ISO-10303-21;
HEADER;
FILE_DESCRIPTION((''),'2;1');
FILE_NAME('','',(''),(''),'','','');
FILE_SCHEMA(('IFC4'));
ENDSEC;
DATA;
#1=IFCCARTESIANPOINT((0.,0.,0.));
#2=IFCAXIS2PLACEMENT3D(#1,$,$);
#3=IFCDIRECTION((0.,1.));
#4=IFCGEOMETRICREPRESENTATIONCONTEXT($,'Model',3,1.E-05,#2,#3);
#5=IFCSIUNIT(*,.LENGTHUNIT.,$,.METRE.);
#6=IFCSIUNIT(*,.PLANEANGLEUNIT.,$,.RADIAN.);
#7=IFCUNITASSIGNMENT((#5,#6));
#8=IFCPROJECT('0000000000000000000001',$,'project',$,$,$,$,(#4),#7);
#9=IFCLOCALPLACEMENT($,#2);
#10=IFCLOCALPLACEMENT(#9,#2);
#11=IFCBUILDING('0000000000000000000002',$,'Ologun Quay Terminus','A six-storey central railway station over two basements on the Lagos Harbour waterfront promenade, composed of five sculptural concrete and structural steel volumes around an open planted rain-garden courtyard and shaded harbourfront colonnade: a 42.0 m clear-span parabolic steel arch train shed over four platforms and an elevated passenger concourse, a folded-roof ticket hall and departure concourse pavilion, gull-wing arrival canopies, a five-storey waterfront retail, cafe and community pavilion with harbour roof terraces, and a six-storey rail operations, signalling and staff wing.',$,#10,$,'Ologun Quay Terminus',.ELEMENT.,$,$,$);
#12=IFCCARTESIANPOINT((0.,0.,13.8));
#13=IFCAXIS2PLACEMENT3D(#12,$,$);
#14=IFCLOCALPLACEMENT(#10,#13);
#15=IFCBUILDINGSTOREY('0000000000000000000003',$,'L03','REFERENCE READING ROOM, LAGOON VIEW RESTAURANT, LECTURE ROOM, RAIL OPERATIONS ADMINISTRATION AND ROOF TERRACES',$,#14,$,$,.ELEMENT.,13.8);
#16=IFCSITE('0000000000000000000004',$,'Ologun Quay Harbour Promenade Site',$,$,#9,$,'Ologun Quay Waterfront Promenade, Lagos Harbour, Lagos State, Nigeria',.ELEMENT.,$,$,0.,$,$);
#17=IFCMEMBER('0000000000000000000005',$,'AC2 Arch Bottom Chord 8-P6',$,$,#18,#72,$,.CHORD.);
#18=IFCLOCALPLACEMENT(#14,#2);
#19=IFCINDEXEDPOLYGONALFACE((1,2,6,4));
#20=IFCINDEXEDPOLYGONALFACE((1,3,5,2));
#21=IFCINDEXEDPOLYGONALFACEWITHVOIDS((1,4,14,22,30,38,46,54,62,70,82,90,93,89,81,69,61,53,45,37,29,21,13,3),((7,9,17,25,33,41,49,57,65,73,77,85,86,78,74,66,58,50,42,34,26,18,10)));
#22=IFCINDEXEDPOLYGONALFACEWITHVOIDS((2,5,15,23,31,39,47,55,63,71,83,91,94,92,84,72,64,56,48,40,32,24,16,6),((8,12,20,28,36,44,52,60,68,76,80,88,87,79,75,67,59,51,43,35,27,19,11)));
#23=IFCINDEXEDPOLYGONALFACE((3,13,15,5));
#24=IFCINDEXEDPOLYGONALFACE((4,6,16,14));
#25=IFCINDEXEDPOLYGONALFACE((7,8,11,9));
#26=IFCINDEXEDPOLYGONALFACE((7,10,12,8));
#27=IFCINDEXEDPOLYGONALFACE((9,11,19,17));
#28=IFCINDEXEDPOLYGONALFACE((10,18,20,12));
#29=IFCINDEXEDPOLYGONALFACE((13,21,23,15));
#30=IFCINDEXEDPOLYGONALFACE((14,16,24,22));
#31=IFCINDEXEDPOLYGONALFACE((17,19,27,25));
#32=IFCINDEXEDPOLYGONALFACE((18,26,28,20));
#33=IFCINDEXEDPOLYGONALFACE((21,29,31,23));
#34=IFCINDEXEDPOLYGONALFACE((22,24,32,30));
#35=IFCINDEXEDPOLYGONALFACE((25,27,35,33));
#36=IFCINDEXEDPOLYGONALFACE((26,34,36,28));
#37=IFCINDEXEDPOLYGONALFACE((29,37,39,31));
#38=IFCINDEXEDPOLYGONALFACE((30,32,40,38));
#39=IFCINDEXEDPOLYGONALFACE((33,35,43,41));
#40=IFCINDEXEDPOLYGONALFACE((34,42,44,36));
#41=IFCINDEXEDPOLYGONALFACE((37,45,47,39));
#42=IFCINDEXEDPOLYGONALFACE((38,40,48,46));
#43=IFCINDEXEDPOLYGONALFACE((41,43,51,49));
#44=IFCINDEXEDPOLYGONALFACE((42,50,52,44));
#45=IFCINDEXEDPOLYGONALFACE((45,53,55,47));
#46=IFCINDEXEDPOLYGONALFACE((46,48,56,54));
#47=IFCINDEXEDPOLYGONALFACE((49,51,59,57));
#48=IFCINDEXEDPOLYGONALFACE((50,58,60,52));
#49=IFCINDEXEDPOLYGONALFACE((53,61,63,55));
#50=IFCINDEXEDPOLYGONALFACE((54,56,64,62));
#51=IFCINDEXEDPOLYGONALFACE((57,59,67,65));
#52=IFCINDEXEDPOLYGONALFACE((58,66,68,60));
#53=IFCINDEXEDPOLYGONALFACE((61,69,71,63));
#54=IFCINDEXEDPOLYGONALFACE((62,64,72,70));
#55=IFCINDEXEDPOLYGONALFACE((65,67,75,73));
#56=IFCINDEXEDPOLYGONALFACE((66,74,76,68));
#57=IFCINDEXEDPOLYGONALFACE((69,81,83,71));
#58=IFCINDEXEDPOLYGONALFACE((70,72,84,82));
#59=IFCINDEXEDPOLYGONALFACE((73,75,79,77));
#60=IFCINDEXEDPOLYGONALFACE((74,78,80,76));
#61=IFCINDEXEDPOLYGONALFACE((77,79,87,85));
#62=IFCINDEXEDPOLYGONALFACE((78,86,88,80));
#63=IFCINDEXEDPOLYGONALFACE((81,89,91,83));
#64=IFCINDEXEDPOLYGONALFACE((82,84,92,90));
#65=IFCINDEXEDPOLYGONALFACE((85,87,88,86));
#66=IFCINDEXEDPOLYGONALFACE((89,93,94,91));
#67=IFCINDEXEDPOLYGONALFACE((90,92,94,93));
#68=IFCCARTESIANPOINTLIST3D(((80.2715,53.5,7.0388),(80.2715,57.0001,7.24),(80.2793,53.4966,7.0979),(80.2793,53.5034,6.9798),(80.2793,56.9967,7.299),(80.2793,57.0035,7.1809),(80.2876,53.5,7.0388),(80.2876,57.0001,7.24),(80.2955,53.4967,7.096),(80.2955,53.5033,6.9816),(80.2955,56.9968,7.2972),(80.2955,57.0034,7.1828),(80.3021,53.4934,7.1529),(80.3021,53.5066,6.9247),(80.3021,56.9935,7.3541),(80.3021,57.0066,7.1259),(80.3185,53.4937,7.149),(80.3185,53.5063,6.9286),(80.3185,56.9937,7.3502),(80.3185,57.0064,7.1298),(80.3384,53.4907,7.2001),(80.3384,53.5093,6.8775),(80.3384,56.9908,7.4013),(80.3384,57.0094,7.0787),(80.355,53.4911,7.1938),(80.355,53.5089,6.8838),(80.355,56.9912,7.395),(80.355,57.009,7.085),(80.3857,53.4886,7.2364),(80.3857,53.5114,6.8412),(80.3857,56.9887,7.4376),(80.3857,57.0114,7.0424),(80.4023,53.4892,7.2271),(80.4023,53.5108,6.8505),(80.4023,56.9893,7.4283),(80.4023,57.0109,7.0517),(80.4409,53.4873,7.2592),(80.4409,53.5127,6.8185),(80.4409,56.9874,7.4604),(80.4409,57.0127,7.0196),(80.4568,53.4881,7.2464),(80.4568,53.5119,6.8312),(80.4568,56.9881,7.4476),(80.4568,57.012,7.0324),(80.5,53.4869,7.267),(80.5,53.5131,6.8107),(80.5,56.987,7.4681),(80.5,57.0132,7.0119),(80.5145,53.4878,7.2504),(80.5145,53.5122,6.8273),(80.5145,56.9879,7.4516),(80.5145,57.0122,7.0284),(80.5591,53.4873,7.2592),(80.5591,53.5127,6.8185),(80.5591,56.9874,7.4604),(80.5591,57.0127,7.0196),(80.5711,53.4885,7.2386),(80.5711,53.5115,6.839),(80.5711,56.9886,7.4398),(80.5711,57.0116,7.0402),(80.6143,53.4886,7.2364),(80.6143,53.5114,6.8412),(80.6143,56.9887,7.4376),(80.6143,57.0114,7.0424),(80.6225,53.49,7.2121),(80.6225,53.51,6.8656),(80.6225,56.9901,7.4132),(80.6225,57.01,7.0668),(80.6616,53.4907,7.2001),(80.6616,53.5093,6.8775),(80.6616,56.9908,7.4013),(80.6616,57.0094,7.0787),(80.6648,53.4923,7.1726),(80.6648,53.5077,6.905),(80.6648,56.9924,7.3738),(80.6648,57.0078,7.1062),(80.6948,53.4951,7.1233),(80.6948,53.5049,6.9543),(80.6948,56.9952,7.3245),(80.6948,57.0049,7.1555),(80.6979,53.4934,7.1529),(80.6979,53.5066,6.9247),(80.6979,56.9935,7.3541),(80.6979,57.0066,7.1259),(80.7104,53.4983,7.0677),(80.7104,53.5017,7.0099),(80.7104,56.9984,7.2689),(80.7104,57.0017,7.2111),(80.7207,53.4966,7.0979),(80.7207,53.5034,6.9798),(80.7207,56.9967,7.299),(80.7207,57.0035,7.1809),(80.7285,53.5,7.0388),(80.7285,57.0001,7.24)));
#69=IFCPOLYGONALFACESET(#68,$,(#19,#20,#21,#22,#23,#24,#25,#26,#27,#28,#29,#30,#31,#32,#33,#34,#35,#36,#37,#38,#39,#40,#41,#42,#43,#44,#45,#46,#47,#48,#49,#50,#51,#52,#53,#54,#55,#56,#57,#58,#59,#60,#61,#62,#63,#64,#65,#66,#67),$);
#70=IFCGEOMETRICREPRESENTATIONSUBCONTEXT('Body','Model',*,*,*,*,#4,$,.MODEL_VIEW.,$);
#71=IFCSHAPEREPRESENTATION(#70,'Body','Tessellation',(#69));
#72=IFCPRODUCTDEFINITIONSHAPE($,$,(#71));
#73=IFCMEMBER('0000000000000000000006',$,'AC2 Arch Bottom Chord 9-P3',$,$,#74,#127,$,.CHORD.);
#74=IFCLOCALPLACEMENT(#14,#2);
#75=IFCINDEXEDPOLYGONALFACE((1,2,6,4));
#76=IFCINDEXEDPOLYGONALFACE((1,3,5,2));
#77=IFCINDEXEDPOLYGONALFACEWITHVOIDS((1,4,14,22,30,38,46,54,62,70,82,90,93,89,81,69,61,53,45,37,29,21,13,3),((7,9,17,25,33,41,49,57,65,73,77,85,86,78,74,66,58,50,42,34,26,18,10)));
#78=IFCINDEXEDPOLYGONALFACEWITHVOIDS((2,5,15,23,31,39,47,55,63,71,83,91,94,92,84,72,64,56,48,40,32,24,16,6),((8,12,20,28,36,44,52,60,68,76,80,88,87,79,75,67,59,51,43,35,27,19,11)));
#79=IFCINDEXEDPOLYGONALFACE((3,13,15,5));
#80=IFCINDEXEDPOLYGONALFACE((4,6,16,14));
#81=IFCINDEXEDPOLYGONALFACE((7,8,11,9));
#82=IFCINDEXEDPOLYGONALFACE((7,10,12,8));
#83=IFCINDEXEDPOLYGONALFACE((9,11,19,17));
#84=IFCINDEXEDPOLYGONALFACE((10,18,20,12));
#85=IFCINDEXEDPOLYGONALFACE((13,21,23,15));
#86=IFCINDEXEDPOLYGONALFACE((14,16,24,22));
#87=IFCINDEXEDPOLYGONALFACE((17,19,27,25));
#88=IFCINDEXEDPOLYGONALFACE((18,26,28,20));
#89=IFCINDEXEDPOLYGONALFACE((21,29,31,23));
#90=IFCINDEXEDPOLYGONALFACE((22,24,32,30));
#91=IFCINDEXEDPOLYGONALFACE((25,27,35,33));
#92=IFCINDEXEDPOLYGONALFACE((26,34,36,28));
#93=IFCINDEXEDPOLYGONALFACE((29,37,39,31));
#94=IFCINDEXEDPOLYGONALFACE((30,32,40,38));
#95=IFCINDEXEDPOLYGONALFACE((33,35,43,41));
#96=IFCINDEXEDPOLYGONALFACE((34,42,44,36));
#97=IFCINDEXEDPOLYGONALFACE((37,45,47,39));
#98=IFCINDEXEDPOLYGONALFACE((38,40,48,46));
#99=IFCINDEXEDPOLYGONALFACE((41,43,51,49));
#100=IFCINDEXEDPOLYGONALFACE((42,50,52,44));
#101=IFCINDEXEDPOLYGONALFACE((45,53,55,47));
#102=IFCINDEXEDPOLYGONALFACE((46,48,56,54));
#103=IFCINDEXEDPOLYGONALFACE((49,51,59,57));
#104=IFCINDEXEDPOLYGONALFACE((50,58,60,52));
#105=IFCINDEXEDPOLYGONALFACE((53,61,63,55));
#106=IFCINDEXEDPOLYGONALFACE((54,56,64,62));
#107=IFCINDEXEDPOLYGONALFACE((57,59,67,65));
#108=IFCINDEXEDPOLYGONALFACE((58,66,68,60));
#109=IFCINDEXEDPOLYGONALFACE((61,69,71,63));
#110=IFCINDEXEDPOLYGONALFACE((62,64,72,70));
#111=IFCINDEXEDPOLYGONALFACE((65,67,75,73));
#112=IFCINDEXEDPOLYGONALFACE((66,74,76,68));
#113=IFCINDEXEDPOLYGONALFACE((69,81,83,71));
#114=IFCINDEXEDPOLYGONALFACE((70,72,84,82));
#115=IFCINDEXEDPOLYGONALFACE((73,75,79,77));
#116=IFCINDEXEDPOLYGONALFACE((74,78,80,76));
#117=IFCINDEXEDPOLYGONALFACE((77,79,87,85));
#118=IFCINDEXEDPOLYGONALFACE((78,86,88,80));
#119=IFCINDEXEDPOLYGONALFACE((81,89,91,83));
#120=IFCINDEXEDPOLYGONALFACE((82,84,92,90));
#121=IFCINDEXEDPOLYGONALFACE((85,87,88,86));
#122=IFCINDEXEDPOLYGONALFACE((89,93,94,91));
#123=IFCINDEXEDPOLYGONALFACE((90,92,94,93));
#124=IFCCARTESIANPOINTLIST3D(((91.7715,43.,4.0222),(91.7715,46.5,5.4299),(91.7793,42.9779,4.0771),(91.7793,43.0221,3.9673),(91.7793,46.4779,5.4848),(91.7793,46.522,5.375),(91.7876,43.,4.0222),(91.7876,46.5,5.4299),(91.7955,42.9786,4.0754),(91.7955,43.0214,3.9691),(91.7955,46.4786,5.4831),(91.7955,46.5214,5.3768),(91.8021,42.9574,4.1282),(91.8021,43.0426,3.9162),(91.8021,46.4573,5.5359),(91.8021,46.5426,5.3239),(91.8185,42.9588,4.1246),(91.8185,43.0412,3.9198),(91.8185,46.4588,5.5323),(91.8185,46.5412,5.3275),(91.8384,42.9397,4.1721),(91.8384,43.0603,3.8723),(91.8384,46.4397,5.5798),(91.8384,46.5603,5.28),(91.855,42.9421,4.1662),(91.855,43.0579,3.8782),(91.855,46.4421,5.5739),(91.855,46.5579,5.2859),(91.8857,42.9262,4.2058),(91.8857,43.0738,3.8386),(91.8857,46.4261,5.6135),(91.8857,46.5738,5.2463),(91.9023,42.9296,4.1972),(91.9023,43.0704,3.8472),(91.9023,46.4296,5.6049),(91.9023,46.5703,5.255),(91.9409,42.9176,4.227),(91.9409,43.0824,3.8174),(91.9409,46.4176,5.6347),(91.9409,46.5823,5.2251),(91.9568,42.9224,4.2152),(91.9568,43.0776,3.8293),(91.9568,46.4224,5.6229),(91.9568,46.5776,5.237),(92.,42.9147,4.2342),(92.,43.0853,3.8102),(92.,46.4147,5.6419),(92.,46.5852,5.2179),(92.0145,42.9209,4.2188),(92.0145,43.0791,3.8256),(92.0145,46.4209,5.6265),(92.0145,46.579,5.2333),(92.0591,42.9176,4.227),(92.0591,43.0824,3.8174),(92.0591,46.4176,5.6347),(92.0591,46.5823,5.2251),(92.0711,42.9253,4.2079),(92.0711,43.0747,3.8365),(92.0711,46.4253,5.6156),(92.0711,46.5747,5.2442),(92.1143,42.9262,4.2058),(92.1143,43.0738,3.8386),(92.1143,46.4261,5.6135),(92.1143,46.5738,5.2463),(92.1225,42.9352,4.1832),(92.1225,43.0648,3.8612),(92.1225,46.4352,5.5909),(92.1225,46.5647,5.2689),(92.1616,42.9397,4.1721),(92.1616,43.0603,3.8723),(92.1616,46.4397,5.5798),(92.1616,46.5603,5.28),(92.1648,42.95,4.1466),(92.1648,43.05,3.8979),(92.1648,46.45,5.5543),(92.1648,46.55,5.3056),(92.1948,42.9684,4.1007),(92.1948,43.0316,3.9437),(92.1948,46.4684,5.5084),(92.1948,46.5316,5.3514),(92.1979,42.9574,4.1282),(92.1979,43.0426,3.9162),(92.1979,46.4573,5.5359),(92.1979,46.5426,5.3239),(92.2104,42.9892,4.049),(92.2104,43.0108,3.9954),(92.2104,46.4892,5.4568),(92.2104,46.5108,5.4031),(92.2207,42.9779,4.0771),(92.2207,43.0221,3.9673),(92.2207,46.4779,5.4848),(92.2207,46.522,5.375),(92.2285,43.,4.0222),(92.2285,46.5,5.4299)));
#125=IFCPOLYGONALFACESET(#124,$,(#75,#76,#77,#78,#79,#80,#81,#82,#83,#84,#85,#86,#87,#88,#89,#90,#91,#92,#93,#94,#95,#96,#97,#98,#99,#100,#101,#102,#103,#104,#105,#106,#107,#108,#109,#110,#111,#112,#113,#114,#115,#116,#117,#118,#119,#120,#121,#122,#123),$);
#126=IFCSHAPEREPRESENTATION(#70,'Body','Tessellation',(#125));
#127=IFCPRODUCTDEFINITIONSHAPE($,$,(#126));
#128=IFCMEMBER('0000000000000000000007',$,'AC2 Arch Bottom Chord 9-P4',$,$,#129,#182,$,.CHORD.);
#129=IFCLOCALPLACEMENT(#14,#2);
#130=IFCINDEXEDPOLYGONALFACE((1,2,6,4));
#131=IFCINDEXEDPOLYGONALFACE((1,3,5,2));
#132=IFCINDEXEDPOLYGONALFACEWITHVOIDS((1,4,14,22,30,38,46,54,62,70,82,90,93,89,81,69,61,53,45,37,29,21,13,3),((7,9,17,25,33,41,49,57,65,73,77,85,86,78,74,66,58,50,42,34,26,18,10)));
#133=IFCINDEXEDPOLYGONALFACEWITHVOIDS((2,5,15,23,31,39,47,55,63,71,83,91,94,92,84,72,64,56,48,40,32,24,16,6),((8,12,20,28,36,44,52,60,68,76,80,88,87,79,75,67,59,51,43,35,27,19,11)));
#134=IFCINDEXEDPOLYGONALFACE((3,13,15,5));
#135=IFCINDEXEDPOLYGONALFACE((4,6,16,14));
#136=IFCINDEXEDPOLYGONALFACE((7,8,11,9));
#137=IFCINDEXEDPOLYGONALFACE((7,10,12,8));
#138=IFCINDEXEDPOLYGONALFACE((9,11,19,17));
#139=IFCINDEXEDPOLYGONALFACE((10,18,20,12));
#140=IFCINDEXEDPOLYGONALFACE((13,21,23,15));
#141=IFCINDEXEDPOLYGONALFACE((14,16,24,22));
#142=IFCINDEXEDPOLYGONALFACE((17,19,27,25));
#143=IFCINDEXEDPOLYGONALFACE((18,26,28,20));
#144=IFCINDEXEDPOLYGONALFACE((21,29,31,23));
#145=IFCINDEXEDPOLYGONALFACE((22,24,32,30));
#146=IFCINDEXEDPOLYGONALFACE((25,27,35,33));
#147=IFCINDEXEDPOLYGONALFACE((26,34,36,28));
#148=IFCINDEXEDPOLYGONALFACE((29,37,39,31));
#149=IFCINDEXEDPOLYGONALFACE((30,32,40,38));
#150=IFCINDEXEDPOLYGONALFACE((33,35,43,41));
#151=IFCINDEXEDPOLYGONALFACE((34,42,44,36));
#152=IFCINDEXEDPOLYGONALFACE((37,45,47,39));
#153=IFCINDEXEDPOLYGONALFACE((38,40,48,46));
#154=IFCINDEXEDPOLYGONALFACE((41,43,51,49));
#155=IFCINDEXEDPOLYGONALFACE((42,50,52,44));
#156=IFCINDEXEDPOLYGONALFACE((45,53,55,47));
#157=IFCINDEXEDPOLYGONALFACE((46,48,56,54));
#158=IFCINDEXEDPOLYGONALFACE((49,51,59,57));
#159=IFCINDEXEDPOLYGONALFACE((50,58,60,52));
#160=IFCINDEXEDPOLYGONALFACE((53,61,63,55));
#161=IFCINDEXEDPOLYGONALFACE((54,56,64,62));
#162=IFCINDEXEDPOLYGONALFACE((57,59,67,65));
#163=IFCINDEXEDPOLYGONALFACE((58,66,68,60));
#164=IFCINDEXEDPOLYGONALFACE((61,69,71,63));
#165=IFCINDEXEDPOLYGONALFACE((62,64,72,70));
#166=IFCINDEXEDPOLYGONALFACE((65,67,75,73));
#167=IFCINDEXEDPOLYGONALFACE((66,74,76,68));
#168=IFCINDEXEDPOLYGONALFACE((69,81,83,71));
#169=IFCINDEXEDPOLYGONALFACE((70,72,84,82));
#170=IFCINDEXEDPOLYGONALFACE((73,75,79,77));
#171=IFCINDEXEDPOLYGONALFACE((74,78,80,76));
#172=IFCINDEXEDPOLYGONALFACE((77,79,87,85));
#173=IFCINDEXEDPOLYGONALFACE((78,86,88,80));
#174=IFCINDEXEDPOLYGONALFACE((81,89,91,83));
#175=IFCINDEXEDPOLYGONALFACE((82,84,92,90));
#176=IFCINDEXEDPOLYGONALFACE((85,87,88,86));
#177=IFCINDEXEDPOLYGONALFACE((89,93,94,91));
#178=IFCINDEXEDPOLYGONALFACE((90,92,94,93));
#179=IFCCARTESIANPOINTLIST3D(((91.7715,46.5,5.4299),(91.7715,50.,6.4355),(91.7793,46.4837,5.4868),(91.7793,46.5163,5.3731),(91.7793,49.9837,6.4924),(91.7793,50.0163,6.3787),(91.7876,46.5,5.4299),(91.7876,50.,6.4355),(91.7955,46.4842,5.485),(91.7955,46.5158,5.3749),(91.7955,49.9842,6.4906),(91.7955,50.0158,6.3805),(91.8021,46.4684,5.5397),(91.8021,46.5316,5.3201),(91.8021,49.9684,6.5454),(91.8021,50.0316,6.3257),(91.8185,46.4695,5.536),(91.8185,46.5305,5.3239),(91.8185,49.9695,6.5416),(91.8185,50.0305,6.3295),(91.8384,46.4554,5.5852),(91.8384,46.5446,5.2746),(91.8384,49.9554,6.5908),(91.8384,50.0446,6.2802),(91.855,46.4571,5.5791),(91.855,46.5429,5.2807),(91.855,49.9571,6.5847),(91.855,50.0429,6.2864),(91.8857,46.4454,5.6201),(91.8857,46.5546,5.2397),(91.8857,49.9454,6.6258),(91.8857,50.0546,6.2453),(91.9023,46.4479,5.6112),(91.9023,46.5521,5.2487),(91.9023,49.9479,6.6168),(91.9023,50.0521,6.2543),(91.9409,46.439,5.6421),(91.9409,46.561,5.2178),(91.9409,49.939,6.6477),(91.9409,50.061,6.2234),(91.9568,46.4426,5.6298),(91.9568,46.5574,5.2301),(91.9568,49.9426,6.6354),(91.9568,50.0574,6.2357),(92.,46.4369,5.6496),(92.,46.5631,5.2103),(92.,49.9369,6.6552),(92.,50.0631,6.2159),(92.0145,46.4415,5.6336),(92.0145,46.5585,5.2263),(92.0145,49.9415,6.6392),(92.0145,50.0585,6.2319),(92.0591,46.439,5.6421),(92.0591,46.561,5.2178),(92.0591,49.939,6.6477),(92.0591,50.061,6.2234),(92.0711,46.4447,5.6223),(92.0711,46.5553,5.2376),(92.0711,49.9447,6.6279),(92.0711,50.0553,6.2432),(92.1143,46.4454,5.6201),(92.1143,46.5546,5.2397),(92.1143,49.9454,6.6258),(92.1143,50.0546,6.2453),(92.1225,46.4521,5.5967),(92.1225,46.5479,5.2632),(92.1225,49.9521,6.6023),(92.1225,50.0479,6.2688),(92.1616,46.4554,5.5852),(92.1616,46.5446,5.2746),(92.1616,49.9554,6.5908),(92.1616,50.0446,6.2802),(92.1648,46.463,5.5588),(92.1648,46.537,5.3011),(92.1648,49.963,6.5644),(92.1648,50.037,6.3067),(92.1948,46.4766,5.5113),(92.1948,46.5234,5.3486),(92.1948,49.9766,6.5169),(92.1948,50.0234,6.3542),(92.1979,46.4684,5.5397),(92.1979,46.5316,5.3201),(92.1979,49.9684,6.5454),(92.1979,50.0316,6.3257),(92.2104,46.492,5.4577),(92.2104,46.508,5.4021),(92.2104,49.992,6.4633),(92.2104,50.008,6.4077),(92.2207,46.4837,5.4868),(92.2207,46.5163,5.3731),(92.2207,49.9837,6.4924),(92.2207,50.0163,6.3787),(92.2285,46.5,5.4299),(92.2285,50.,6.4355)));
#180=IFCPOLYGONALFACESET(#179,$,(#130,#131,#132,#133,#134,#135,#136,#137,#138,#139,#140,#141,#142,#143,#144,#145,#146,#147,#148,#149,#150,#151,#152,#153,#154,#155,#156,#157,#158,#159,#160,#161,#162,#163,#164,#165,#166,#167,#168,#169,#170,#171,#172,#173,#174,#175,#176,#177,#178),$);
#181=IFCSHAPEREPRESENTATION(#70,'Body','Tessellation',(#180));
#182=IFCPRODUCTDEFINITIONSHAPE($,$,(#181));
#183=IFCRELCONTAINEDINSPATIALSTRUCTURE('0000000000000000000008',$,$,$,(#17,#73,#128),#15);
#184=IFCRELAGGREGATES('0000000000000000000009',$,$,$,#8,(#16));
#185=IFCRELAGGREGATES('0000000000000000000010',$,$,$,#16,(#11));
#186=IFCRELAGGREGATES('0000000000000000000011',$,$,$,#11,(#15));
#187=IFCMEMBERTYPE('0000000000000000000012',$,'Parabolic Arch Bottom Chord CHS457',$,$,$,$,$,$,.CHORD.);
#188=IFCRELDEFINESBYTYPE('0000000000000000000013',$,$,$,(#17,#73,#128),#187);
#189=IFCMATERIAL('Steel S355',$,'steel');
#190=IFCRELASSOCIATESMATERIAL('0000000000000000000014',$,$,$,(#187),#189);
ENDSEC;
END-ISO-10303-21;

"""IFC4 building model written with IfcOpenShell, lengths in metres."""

from ifc_helpers import new_model, si_unit, direction, frame, origin, origin_2d, place, context, subcontext, project, spatial, hollow_circle, extrude, material, material_profile, profile_set, type_object, element, save


model = new_model("IFC4")

# Units and contexts
model_context = context("Model", 3, precision=1e-05, world=origin(), true_north=direction((0.0, 1.0)))
body_context = subcontext(model_context, "Body", "Model", "MODEL_VIEW")
ifc_project = project(units=[si_unit("LENGTHUNIT", "METRE"), si_unit("PLANEANGLEUNIT", "RADIAN")], contexts=[model_context])

# Site, building, storey
site_placement = place(None, origin())
site = spatial("IfcSite", under=ifc_project, at=site_placement, Name="Ologun Quay Harbour Promenade Site", LongName="Ologun Quay Waterfront Promenade, Lagos Harbour, Lagos State, Nigeria", CompositionType="ELEMENT", RefElevation=0.0)
building_placement = place(site_placement, origin())
building = spatial("IfcBuilding", under=site, at=building_placement, Name="Ologun Quay Terminus", Description="A six-storey central railway station over two basements on the Lagos Harbour waterfront promenade, composed of five sculptural concrete and structural steel volumes around an open planted rain-garden courtyard and shaded harbourfront colonnade: a 42.0 m clear-span parabolic steel arch train shed over four platforms and an elevated passenger concourse, a folded-roof ticket hall and departure concourse pavilion, gull-wing arrival canopies, a five-storey waterfront retail, cafe and community pavilion with harbour roof terraces, and a six-storey rail operations, signalling and staff wing.", LongName="Ologun Quay Terminus", CompositionType="ELEMENT")
storey_placement = place(building_placement, frame((0.0, 0.0, 13.8)))
storey = spatial("IfcBuildingStorey", under=building, at=storey_placement, Name="L03", Description="REFERENCE READING ROOM, LAGOON VIEW RESTAURANT, LECTURE ROOM, RAIL OPERATIONS ADMINISTRATION AND ROOF TERRACES", CompositionType="ELEMENT", Elevation=13.8)

# Members
ifc_material_1 = material(Name="Steel S355", Category="steel")
ifc_material_profile_1 = material_profile(ifc_material_1, hollow_circle(Radius=0.2285, WallThickness=0.0161, at=origin_2d()), Name="CHS 457x16")
ifc_profile_set_1 = profile_set([ifc_material_profile_1], Name="Steel S355")
member_type_1 = type_object("IfcMemberType", Name="Parabolic Arch Bottom Chord CHS457", PredefinedType="CHORD", material=ifc_profile_set_1)
member_1_placement = place(storey_placement, frame((80.5, 53.5, 7.0388), z_axis=(0.0, 0.998352, 0.057383), x_axis=(-1.0, 0.0, 0.0)))
element("IfcMember", 1, at=member_1_placement, inside=storey, type_object=member_type_1, Name="AC2 Arch Bottom Chord 8-P6", PredefinedType="CHORD", context=body_context, shape_type="SweptSolid", body=[
    extrude(hollow_circle(Radius=0.2285, WallThickness=0.0161, at=origin_2d()), origin(), (0.0, 0.0, 1.0), 3.5059),
])
member_2_placement = place(storey_placement, frame((92.0, 43.0, 4.0222), z_axis=(0.0, 0.92777, 0.373153), x_axis=(-1.0, 0.0, 0.0)))
element("IfcMember", 2, at=member_2_placement, inside=storey, type_object=member_type_1, Name="AC2 Arch Bottom Chord 9-P3", PredefinedType="CHORD", context=body_context, shape_type="SweptSolid", body=[
    extrude(hollow_circle(Radius=0.2285, WallThickness=0.0161, at=origin_2d()), origin(), (0.0, 0.0, 1.0), 3.7725),
])
member_3_placement = place(storey_placement, frame((92.0, 46.5, 5.4299), z_axis=(0.0, 0.961116, 0.276146), x_axis=(-1.0, 0.0, 0.0)))
element("IfcMember", 3, at=member_3_placement, inside=storey, type_object=member_type_1, Name="AC2 Arch Bottom Chord 9-P4", PredefinedType="CHORD", context=body_context, shape_type="SweptSolid", body=[
    extrude(hollow_circle(Radius=0.2285, WallThickness=0.0161, at=origin_2d()), origin(), (0.0, 0.0, 1.0), 3.6416),
])

save(model, "model.ifc")
